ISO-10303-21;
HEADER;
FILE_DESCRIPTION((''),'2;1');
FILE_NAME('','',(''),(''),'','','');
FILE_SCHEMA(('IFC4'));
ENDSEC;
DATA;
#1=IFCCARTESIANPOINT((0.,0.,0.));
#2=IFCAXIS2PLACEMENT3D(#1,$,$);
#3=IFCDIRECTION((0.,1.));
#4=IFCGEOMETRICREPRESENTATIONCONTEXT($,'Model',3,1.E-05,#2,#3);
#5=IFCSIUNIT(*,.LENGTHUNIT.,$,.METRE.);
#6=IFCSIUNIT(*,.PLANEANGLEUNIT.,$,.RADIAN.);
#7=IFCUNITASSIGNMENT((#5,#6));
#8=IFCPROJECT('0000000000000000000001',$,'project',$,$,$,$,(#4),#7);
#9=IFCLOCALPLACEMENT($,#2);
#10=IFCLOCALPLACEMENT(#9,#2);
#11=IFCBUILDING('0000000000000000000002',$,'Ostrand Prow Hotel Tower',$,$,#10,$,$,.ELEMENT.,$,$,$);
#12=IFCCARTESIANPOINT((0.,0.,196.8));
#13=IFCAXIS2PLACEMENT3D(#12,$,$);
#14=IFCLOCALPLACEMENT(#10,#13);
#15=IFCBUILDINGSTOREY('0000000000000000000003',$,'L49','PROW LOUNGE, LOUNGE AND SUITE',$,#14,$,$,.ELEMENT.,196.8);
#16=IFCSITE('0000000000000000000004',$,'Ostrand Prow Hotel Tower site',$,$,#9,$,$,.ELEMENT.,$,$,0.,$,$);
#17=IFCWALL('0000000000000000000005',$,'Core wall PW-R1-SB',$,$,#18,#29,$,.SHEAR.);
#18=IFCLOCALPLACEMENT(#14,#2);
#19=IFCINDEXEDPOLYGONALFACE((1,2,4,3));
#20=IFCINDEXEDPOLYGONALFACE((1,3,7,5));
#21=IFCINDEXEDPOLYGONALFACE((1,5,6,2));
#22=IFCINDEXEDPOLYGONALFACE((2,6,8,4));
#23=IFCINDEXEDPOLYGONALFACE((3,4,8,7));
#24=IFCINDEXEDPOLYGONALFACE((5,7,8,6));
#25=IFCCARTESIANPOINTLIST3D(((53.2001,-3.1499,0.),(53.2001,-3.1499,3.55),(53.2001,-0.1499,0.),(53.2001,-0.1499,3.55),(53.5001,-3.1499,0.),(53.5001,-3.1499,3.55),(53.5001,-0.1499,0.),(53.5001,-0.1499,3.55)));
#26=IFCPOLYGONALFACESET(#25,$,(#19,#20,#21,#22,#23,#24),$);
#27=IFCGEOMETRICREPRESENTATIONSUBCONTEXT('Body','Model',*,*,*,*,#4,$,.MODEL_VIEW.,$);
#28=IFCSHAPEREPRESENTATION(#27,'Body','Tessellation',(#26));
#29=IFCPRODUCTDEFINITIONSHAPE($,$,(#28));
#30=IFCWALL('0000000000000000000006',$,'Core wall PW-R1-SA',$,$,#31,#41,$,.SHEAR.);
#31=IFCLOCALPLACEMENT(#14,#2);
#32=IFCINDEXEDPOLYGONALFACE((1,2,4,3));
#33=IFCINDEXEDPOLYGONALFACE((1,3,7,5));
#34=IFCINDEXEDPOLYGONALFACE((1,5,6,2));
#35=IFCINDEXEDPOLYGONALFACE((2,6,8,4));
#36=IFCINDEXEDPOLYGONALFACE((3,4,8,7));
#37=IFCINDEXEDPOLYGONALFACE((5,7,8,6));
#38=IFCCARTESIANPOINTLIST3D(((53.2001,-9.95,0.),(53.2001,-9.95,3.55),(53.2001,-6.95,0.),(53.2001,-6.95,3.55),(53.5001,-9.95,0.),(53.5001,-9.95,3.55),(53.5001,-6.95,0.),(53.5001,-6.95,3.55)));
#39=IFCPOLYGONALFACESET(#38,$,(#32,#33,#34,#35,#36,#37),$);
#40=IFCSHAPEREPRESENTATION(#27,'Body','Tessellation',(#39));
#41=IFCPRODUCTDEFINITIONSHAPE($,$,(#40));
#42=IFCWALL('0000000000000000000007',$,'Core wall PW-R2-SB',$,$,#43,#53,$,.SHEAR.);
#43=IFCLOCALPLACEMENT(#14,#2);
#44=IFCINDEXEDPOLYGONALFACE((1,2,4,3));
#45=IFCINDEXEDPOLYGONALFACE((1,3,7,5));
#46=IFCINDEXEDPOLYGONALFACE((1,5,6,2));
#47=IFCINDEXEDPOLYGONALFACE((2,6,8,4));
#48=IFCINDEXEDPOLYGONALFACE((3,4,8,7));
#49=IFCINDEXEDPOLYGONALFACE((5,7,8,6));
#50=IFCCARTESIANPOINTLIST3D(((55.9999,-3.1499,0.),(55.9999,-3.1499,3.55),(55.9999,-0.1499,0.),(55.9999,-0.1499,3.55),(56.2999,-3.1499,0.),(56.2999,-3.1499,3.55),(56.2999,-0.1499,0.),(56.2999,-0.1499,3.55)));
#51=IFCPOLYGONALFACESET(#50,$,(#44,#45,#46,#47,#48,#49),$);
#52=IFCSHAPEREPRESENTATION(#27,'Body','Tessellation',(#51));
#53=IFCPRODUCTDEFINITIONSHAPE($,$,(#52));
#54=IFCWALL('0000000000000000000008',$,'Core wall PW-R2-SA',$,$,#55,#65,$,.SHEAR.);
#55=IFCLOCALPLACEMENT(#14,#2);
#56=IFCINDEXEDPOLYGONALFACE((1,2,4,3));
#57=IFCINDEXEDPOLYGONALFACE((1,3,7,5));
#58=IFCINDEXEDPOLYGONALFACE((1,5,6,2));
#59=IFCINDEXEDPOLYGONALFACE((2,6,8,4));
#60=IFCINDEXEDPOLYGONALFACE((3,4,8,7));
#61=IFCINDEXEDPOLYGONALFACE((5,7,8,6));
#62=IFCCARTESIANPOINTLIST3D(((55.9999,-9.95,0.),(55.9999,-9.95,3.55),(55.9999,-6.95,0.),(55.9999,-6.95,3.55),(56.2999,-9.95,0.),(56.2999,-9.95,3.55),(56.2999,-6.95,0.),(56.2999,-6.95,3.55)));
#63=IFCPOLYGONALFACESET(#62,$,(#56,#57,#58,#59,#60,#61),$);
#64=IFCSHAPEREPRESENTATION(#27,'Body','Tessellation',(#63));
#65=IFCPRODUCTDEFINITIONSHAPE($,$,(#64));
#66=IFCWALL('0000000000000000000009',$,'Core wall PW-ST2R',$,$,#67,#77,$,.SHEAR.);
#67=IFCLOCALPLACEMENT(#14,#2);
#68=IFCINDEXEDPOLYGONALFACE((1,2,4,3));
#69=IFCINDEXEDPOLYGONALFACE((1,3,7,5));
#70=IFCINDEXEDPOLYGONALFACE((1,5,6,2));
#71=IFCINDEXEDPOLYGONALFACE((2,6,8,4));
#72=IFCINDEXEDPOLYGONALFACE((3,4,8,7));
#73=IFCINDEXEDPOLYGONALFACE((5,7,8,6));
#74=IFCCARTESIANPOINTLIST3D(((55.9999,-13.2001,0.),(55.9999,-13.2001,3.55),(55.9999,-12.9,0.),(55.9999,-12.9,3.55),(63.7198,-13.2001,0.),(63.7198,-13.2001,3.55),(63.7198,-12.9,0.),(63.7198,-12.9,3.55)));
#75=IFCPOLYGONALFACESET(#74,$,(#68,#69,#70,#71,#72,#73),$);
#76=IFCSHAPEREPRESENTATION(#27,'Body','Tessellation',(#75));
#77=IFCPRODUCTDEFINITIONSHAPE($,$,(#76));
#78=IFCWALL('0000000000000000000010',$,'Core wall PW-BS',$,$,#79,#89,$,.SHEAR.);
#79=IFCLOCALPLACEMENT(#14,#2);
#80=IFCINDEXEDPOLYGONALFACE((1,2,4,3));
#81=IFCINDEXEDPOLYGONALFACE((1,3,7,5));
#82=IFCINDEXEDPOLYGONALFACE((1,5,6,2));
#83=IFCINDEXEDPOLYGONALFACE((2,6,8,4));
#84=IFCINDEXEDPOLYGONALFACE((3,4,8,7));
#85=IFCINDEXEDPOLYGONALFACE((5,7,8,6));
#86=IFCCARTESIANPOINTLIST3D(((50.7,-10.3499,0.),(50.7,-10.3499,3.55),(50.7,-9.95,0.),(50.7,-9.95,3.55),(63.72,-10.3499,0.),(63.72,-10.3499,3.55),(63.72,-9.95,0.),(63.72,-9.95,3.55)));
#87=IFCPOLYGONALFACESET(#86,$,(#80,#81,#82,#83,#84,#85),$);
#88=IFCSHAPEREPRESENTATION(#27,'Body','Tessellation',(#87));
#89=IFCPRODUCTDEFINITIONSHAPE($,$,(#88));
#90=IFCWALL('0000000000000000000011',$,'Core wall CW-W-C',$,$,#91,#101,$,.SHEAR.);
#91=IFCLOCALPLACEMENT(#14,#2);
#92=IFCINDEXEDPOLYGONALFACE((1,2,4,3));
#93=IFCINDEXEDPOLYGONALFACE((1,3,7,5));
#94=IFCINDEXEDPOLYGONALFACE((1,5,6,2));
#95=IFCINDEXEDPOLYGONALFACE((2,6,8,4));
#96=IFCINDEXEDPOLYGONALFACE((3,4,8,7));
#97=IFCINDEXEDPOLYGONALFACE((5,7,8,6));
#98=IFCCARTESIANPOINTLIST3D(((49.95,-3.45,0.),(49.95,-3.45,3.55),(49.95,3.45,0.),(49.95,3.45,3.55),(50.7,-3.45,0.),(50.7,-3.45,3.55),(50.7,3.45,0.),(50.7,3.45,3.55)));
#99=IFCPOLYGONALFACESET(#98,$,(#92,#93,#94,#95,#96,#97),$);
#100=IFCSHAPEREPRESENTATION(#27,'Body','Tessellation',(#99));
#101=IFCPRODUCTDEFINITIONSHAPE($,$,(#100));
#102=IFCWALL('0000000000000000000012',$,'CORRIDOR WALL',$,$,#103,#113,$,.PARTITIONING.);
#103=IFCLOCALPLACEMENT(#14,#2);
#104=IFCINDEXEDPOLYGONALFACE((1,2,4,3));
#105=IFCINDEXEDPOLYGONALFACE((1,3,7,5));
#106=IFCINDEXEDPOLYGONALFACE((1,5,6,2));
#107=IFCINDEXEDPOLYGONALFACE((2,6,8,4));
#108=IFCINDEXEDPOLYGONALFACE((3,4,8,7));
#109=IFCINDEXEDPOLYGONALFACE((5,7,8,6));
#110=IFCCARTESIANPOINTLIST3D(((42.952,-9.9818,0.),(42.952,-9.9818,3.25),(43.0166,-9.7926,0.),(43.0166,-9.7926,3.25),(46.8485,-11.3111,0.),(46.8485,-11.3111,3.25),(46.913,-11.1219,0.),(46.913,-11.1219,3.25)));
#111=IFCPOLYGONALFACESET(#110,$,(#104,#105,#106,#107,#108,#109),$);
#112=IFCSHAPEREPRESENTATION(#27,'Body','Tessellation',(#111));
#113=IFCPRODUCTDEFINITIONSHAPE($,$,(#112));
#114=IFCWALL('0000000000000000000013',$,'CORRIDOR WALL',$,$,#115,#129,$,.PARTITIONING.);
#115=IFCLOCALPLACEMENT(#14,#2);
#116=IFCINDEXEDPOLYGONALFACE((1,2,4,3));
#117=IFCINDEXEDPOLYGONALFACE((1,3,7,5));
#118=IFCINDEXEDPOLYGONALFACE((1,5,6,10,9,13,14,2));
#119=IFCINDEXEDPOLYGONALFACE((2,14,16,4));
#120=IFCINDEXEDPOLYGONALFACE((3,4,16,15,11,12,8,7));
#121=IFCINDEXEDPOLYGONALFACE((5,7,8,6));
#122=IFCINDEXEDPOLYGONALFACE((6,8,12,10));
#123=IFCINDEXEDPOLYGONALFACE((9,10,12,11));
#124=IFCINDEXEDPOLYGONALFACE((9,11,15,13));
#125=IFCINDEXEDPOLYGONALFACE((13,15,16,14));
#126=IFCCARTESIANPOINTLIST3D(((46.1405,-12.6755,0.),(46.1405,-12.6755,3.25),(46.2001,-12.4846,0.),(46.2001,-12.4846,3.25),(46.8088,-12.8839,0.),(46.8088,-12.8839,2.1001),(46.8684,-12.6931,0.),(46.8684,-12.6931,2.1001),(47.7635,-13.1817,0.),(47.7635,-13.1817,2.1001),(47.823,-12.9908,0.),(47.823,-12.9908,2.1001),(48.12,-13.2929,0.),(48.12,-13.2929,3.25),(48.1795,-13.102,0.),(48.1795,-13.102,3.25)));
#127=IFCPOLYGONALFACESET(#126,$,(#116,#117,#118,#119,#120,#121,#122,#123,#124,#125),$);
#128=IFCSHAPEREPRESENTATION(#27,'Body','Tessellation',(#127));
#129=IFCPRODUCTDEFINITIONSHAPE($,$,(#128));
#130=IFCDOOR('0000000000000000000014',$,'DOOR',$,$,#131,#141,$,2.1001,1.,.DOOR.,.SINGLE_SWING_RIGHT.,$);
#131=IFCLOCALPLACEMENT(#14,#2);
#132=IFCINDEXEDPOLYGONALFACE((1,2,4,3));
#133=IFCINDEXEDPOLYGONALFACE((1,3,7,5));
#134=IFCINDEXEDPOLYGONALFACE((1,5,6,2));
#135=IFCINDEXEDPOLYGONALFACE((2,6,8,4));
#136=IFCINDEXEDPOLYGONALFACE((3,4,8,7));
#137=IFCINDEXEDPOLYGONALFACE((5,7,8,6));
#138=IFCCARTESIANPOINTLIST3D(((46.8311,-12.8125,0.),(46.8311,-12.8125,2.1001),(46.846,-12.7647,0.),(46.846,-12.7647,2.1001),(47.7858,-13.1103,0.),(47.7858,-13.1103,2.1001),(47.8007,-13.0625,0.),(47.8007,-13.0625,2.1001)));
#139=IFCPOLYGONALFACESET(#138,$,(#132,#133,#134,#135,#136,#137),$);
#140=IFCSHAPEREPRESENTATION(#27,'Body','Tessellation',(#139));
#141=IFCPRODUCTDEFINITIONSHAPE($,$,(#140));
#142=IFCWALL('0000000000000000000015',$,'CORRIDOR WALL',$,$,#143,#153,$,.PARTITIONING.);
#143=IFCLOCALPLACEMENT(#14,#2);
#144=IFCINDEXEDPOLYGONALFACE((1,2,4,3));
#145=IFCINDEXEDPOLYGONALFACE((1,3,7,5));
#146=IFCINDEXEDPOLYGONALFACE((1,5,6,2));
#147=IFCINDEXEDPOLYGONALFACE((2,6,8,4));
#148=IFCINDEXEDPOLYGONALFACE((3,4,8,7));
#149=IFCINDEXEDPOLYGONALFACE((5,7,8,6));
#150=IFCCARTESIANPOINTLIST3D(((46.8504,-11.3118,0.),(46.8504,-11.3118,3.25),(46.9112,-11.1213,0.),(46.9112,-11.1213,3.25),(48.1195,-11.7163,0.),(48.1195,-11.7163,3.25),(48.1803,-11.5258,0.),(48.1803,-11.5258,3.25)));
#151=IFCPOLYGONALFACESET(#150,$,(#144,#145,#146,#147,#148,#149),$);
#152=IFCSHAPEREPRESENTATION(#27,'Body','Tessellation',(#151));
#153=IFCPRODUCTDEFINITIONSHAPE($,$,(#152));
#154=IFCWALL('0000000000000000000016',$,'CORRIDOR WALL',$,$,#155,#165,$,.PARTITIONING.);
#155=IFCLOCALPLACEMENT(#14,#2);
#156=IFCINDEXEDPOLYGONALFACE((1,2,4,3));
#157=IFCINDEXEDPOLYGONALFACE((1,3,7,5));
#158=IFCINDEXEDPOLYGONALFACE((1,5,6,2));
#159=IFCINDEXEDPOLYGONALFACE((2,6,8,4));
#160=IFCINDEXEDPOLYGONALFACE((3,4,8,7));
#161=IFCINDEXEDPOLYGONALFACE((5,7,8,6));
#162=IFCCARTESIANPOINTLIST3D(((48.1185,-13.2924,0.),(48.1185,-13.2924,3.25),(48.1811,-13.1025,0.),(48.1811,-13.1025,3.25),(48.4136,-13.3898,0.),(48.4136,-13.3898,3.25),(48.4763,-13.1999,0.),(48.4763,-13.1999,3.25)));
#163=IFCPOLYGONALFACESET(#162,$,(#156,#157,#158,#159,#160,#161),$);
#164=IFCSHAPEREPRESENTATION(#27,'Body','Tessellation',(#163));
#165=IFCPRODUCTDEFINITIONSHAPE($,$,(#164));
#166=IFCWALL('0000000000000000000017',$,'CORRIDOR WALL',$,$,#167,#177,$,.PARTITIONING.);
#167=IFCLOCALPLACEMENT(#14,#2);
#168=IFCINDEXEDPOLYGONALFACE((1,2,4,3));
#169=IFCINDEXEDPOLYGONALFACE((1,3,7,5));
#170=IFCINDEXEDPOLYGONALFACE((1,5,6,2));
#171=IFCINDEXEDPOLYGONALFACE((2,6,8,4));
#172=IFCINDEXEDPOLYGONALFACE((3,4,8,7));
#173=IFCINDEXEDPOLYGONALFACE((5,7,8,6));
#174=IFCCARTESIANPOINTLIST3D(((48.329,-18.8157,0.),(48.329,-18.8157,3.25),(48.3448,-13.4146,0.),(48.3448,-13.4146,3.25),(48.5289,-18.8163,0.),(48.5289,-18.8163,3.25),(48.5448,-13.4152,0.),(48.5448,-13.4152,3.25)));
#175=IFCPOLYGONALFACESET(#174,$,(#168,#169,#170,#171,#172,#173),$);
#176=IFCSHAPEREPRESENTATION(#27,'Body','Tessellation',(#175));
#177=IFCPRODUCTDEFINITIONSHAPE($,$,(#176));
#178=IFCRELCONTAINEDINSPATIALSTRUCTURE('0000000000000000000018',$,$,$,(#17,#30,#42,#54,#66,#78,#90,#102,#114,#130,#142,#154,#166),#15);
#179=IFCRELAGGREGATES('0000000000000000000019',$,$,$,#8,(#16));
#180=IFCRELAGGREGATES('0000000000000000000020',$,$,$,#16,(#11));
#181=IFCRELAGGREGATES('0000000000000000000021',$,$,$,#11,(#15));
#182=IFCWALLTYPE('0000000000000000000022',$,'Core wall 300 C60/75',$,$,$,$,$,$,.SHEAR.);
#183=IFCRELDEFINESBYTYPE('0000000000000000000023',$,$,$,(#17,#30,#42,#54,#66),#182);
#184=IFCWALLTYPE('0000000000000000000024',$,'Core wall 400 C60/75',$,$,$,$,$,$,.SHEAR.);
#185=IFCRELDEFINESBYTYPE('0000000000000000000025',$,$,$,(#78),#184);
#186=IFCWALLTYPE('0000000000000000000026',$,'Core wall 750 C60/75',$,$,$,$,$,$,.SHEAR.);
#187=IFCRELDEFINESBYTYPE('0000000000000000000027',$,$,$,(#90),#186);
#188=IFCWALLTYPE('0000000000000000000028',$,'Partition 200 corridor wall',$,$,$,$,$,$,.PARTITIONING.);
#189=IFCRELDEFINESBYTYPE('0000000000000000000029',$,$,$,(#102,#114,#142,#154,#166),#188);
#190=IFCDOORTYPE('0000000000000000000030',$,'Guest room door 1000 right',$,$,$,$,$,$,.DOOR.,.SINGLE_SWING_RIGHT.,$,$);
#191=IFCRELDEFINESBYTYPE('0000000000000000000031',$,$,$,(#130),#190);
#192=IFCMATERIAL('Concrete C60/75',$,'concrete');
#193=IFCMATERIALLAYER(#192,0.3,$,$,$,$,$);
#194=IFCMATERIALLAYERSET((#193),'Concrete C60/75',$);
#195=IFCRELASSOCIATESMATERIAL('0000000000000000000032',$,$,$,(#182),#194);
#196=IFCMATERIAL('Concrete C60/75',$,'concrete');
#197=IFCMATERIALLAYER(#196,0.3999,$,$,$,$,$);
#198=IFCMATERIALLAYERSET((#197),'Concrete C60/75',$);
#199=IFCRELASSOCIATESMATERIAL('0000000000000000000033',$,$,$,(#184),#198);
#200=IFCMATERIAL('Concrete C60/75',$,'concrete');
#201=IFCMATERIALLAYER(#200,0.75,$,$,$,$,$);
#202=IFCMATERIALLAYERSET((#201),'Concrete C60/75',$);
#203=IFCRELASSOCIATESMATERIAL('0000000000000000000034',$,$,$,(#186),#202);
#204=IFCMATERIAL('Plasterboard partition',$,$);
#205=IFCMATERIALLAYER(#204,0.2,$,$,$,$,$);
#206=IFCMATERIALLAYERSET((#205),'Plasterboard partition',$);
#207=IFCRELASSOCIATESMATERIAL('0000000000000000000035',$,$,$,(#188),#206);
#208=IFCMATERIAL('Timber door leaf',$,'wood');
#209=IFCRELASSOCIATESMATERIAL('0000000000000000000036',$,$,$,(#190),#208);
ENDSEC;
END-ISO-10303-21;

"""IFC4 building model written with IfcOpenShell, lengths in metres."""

from ifc_helpers import new_model, si_unit, direction, frame, frame_2d, origin, place, context, subcontext, project, spatial, rectangle, extrude, material, layer, layer_set, type_object, element, fill, save


model = new_model("IFC4")

# Units and contexts
model_context = context("Model", 3, precision=1e-05, world=origin(), true_north=direction((0.0, 1.0)))
body_context = subcontext(model_context, "Body", "Model", "MODEL_VIEW")
ifc_project = project(units=[si_unit("LENGTHUNIT", "METRE"), si_unit("PLANEANGLEUNIT", "RADIAN")], contexts=[model_context])

# Site, building, storey
site_placement = place(None, origin())
site = spatial("IfcSite", under=ifc_project, at=site_placement, Name="Ostrand Prow Hotel Tower site", CompositionType="ELEMENT", RefElevation=0.0)
building_placement = place(site_placement, origin())
building = spatial("IfcBuilding", under=site, at=building_placement, Name="Ostrand Prow Hotel Tower", CompositionType="ELEMENT")
storey_placement = place(building_placement, frame((0.0, 0.0, 196.8)))
storey = spatial("IfcBuildingStorey", under=building, at=storey_placement, Name="L49", Description="PROW LOUNGE, LOUNGE AND SUITE", CompositionType="ELEMENT", Elevation=196.8)

# Shared definitions
ifc_material_1 = material(Name="Concrete C60/75", Category="concrete")
ifc_layer_1 = layer(ifc_material_1, 0.3)
ifc_layer_set_1 = layer_set([ifc_layer_1], Name="Concrete C60/75")
wall_type_1 = type_object("IfcWallType", Name="Core wall 300 C60/75", PredefinedType="SHEAR", material=ifc_layer_set_1)

# Walls
for number, where, z_axis, x_axis, name in (
    (1, (53.3501, -3.1499, 0.0), (0.0, 0.0, 1.0), (0.0, 1.0, 0.0), "Core wall PW-R1-SB"),
    (2, (53.3501, -9.95, 0.0), (0.0, 0.0, 1.0), (0.0, 1.0, 0.0), "Core wall PW-R1-SA"),
    (3, (56.1499, -3.1499, 0.0), (0.0, 0.0, 1.0), (0.0, 1.0, 0.0), "Core wall PW-R2-SB"),
    (4, (56.1499, -9.95, 0.0), (0.0, 0.0, 1.0), (0.0, 1.0, 0.0), "Core wall PW-R2-SA"),
):
    element("IfcWall", number, at=place(storey_placement, frame(where, z_axis=z_axis, x_axis=x_axis)), inside=storey, type_object=wall_type_1, Name=name, PredefinedType="SHEAR", context=body_context, shape_type="SweptSolid", body=[
        extrude(rectangle(XDim=3.0, YDim=0.3, at=frame_2d((1.5, 0.0))), origin(), (0.0, 0.0, 1.0), 3.55),
    ])
wall_1_placement = place(storey_placement, frame((56.0, -13.05, 0.0), z_axis=(0.0, 0.0, 1.0), x_axis=(1.0, 0.0, 0.0)))
element("IfcWall", 5, at=wall_1_placement, inside=storey, type_object=wall_type_1, Name="Core wall PW-ST2R", PredefinedType="SHEAR", context=body_context, shape_type="SweptSolid", body=[
    extrude(rectangle(XDim=7.72, YDim=0.3, at=frame_2d((3.8599, 0.0))), origin(), (0.0, 0.0, 1.0), 3.55),
])
ifc_material_2 = material(Name="Concrete C60/75", Category="concrete")
ifc_layer_2 = layer(ifc_material_2, 0.3999)
ifc_layer_set_2 = layer_set([ifc_layer_2], Name="Concrete C60/75")
wall_type_2 = type_object("IfcWallType", Name="Core wall 400 C60/75", PredefinedType="SHEAR", material=ifc_layer_set_2)
wall_2_placement = place(storey_placement, frame((50.7, -10.1499, 0.0), z_axis=(0.0, 0.0, 1.0), x_axis=(1.0, 0.0, 0.0)))
element("IfcWall", 6, at=wall_2_placement, inside=storey, type_object=wall_type_2, Name="Core wall PW-BS", PredefinedType="SHEAR", context=body_context, shape_type="SweptSolid", body=[
    extrude(rectangle(XDim=13.02, YDim=0.3999, at=frame_2d((6.51, 0.0))), origin(), (0.0, 0.0, 1.0), 3.55),
])
ifc_material_3 = material(Name="Concrete C60/75", Category="concrete")
ifc_layer_3 = layer(ifc_material_3, 0.75)
ifc_layer_set_3 = layer_set([ifc_layer_3], Name="Concrete C60/75")
wall_type_3 = type_object("IfcWallType", Name="Core wall 750 C60/75", PredefinedType="SHEAR", material=ifc_layer_set_3)
wall_3_placement = place(storey_placement, frame((50.325, -3.45, 0.0), z_axis=(0.0, 0.0, 1.0), x_axis=(0.0, 1.0, 0.0)))
element("IfcWall", 7, at=wall_3_placement, inside=storey, type_object=wall_type_3, Name="Core wall CW-W-C", PredefinedType="SHEAR", context=body_context, shape_type="SweptSolid", body=[
    extrude(rectangle(XDim=6.8999, YDim=0.75, at=frame_2d((3.45, 0.0))), origin(), (0.0, 0.0, 1.0), 3.55),
])
ifc_material_4 = material(Name="Plasterboard partition")
ifc_layer_4 = layer(ifc_material_4, 0.2)
ifc_layer_set_4 = layer_set([ifc_layer_4], Name="Plasterboard partition")
wall_type_4 = type_object("IfcWallType", Name="Partition 200 corridor wall", PredefinedType="PARTITIONING", material=ifc_layer_set_4)
wall_4_placement = place(storey_placement, frame((46.8809, -11.2166, 0.0), z_axis=(0.0, 0.0, 1.0), x_axis=(-0.946436, 0.322891, 0.0)))
element("IfcWall", 8, at=wall_4_placement, inside=storey, type_object=wall_type_4, Name="CORRIDOR WALL", PredefinedType="PARTITIONING", context=body_context, shape_type="SweptSolid", body=[
    extrude(rectangle(XDim=4.1169, YDim=0.2, at=frame_2d((2.0586, 0.0))), origin(), (0.0, 0.0, 1.0), 3.25),
])

# Wall, opening, door
wall_5_placement = place(storey_placement, frame((46.1704, -12.5801, 0.0), z_axis=(0.0, 0.0, 1.0), x_axis=(0.954639, -0.297765, 0.0)))
wall_5 = element("IfcWall", 9, at=wall_5_placement, inside=storey, type_object=wall_type_4, Name="CORRIDOR WALL", PredefinedType="PARTITIONING", context=body_context, shape_type="SweptSolid", body=[
    extrude(rectangle(XDim=2.0735, YDim=0.2, at=frame_2d((1.0366, 0.0))), origin(), (0.0, 0.0, 1.0), 3.25),
])
opening_1_placement = place(wall_5_placement, frame((0.7, 0.0, 0.0)))
opening_1 = element("IfcOpeningElement", 10, at=opening_1_placement, cuts=wall_5, PredefinedType="OPENING", context=body_context, shape_type="SweptSolid", body=[
    extrude(rectangle(XDim=1.0, YDim=2.1001, at=frame_2d((0.5, 1.05))), frame((0.0, 0.1099, 0.0), z_axis=(0.0, -1.0, 0.0), x_axis=(1.0, 0.0, 0.0)), (0.0, 0.0, 1.0), 0.22),
])
ifc_material_5 = material(Name="Timber door leaf", Category="wood")
door_type_1 = type_object("IfcDoorType", Name="Guest room door 1000 right", OperationType="SINGLE_SWING_RIGHT", PredefinedType="DOOR", material=ifc_material_5)
door_1_placement = place(opening_1_placement, origin())
door_1 = element("IfcDoor", 11, at=door_1_placement, inside=storey, type_object=door_type_1, Name="DOOR", OperationType="SINGLE_SWING_RIGHT", OverallHeight=2.1001, OverallWidth=1.0, PredefinedType="DOOR", context=body_context, shape_type="SweptSolid", body=[
    extrude(rectangle(XDim=1.0, YDim=2.1001, at=frame_2d((0.5, 1.05))), frame((0.0, 0.0249, 0.0), z_axis=(0.0, -1.0, 0.0), x_axis=(1.0, 0.0, 0.0)), (0.0, 0.0, 1.0), 0.05),
])
fill(opening_1, door_1)

# Walls
wall_6_placement = place(storey_placement, frame((48.1499, -11.6211, 0.0), z_axis=(0.0, 0.0, 1.0), x_axis=(-0.952762, 0.303718, 0.0)))
element("IfcWall", 12, at=wall_6_placement, inside=storey, type_object=wall_type_4, Name="CORRIDOR WALL", PredefinedType="PARTITIONING", context=body_context, shape_type="SweptSolid", body=[
    extrude(rectangle(XDim=1.332, YDim=0.2, at=frame_2d((0.666, 0.0))), origin(), (0.0, 0.0, 1.0), 3.25),
])
wall_7_placement = place(storey_placement, frame((48.1499, -13.1975, 0.0), z_axis=(0.0, 0.0, 1.0), x_axis=(0.949622, -0.313399, 0.0)))
element("IfcWall", 13, at=wall_7_placement, inside=storey, type_object=wall_type_4, Name="CORRIDOR WALL", PredefinedType="PARTITIONING", context=body_context, shape_type="SweptSolid", body=[
    extrude(rectangle(XDim=0.3108, YDim=0.2, at=frame_2d((0.1553, 0.0))), origin(), (0.0, 0.0, 1.0), 3.25),
])
wall_8_placement = place(storey_placement, frame((48.4448, -13.4148, 0.0), z_axis=(0.0, 0.0, 1.0), x_axis=(-0.002938, -0.999996, 0.0)))
element("IfcWall", 14, at=wall_8_placement, inside=storey, type_object=wall_type_4, Name="CORRIDOR WALL", PredefinedType="PARTITIONING", context=body_context, shape_type="SweptSolid", body=[
    extrude(rectangle(XDim=5.4011, YDim=0.2, at=frame_2d((2.7007, 0.0))), origin(), (0.0, 0.0, 1.0), 3.25),
])

save(model, "model.ifc")
